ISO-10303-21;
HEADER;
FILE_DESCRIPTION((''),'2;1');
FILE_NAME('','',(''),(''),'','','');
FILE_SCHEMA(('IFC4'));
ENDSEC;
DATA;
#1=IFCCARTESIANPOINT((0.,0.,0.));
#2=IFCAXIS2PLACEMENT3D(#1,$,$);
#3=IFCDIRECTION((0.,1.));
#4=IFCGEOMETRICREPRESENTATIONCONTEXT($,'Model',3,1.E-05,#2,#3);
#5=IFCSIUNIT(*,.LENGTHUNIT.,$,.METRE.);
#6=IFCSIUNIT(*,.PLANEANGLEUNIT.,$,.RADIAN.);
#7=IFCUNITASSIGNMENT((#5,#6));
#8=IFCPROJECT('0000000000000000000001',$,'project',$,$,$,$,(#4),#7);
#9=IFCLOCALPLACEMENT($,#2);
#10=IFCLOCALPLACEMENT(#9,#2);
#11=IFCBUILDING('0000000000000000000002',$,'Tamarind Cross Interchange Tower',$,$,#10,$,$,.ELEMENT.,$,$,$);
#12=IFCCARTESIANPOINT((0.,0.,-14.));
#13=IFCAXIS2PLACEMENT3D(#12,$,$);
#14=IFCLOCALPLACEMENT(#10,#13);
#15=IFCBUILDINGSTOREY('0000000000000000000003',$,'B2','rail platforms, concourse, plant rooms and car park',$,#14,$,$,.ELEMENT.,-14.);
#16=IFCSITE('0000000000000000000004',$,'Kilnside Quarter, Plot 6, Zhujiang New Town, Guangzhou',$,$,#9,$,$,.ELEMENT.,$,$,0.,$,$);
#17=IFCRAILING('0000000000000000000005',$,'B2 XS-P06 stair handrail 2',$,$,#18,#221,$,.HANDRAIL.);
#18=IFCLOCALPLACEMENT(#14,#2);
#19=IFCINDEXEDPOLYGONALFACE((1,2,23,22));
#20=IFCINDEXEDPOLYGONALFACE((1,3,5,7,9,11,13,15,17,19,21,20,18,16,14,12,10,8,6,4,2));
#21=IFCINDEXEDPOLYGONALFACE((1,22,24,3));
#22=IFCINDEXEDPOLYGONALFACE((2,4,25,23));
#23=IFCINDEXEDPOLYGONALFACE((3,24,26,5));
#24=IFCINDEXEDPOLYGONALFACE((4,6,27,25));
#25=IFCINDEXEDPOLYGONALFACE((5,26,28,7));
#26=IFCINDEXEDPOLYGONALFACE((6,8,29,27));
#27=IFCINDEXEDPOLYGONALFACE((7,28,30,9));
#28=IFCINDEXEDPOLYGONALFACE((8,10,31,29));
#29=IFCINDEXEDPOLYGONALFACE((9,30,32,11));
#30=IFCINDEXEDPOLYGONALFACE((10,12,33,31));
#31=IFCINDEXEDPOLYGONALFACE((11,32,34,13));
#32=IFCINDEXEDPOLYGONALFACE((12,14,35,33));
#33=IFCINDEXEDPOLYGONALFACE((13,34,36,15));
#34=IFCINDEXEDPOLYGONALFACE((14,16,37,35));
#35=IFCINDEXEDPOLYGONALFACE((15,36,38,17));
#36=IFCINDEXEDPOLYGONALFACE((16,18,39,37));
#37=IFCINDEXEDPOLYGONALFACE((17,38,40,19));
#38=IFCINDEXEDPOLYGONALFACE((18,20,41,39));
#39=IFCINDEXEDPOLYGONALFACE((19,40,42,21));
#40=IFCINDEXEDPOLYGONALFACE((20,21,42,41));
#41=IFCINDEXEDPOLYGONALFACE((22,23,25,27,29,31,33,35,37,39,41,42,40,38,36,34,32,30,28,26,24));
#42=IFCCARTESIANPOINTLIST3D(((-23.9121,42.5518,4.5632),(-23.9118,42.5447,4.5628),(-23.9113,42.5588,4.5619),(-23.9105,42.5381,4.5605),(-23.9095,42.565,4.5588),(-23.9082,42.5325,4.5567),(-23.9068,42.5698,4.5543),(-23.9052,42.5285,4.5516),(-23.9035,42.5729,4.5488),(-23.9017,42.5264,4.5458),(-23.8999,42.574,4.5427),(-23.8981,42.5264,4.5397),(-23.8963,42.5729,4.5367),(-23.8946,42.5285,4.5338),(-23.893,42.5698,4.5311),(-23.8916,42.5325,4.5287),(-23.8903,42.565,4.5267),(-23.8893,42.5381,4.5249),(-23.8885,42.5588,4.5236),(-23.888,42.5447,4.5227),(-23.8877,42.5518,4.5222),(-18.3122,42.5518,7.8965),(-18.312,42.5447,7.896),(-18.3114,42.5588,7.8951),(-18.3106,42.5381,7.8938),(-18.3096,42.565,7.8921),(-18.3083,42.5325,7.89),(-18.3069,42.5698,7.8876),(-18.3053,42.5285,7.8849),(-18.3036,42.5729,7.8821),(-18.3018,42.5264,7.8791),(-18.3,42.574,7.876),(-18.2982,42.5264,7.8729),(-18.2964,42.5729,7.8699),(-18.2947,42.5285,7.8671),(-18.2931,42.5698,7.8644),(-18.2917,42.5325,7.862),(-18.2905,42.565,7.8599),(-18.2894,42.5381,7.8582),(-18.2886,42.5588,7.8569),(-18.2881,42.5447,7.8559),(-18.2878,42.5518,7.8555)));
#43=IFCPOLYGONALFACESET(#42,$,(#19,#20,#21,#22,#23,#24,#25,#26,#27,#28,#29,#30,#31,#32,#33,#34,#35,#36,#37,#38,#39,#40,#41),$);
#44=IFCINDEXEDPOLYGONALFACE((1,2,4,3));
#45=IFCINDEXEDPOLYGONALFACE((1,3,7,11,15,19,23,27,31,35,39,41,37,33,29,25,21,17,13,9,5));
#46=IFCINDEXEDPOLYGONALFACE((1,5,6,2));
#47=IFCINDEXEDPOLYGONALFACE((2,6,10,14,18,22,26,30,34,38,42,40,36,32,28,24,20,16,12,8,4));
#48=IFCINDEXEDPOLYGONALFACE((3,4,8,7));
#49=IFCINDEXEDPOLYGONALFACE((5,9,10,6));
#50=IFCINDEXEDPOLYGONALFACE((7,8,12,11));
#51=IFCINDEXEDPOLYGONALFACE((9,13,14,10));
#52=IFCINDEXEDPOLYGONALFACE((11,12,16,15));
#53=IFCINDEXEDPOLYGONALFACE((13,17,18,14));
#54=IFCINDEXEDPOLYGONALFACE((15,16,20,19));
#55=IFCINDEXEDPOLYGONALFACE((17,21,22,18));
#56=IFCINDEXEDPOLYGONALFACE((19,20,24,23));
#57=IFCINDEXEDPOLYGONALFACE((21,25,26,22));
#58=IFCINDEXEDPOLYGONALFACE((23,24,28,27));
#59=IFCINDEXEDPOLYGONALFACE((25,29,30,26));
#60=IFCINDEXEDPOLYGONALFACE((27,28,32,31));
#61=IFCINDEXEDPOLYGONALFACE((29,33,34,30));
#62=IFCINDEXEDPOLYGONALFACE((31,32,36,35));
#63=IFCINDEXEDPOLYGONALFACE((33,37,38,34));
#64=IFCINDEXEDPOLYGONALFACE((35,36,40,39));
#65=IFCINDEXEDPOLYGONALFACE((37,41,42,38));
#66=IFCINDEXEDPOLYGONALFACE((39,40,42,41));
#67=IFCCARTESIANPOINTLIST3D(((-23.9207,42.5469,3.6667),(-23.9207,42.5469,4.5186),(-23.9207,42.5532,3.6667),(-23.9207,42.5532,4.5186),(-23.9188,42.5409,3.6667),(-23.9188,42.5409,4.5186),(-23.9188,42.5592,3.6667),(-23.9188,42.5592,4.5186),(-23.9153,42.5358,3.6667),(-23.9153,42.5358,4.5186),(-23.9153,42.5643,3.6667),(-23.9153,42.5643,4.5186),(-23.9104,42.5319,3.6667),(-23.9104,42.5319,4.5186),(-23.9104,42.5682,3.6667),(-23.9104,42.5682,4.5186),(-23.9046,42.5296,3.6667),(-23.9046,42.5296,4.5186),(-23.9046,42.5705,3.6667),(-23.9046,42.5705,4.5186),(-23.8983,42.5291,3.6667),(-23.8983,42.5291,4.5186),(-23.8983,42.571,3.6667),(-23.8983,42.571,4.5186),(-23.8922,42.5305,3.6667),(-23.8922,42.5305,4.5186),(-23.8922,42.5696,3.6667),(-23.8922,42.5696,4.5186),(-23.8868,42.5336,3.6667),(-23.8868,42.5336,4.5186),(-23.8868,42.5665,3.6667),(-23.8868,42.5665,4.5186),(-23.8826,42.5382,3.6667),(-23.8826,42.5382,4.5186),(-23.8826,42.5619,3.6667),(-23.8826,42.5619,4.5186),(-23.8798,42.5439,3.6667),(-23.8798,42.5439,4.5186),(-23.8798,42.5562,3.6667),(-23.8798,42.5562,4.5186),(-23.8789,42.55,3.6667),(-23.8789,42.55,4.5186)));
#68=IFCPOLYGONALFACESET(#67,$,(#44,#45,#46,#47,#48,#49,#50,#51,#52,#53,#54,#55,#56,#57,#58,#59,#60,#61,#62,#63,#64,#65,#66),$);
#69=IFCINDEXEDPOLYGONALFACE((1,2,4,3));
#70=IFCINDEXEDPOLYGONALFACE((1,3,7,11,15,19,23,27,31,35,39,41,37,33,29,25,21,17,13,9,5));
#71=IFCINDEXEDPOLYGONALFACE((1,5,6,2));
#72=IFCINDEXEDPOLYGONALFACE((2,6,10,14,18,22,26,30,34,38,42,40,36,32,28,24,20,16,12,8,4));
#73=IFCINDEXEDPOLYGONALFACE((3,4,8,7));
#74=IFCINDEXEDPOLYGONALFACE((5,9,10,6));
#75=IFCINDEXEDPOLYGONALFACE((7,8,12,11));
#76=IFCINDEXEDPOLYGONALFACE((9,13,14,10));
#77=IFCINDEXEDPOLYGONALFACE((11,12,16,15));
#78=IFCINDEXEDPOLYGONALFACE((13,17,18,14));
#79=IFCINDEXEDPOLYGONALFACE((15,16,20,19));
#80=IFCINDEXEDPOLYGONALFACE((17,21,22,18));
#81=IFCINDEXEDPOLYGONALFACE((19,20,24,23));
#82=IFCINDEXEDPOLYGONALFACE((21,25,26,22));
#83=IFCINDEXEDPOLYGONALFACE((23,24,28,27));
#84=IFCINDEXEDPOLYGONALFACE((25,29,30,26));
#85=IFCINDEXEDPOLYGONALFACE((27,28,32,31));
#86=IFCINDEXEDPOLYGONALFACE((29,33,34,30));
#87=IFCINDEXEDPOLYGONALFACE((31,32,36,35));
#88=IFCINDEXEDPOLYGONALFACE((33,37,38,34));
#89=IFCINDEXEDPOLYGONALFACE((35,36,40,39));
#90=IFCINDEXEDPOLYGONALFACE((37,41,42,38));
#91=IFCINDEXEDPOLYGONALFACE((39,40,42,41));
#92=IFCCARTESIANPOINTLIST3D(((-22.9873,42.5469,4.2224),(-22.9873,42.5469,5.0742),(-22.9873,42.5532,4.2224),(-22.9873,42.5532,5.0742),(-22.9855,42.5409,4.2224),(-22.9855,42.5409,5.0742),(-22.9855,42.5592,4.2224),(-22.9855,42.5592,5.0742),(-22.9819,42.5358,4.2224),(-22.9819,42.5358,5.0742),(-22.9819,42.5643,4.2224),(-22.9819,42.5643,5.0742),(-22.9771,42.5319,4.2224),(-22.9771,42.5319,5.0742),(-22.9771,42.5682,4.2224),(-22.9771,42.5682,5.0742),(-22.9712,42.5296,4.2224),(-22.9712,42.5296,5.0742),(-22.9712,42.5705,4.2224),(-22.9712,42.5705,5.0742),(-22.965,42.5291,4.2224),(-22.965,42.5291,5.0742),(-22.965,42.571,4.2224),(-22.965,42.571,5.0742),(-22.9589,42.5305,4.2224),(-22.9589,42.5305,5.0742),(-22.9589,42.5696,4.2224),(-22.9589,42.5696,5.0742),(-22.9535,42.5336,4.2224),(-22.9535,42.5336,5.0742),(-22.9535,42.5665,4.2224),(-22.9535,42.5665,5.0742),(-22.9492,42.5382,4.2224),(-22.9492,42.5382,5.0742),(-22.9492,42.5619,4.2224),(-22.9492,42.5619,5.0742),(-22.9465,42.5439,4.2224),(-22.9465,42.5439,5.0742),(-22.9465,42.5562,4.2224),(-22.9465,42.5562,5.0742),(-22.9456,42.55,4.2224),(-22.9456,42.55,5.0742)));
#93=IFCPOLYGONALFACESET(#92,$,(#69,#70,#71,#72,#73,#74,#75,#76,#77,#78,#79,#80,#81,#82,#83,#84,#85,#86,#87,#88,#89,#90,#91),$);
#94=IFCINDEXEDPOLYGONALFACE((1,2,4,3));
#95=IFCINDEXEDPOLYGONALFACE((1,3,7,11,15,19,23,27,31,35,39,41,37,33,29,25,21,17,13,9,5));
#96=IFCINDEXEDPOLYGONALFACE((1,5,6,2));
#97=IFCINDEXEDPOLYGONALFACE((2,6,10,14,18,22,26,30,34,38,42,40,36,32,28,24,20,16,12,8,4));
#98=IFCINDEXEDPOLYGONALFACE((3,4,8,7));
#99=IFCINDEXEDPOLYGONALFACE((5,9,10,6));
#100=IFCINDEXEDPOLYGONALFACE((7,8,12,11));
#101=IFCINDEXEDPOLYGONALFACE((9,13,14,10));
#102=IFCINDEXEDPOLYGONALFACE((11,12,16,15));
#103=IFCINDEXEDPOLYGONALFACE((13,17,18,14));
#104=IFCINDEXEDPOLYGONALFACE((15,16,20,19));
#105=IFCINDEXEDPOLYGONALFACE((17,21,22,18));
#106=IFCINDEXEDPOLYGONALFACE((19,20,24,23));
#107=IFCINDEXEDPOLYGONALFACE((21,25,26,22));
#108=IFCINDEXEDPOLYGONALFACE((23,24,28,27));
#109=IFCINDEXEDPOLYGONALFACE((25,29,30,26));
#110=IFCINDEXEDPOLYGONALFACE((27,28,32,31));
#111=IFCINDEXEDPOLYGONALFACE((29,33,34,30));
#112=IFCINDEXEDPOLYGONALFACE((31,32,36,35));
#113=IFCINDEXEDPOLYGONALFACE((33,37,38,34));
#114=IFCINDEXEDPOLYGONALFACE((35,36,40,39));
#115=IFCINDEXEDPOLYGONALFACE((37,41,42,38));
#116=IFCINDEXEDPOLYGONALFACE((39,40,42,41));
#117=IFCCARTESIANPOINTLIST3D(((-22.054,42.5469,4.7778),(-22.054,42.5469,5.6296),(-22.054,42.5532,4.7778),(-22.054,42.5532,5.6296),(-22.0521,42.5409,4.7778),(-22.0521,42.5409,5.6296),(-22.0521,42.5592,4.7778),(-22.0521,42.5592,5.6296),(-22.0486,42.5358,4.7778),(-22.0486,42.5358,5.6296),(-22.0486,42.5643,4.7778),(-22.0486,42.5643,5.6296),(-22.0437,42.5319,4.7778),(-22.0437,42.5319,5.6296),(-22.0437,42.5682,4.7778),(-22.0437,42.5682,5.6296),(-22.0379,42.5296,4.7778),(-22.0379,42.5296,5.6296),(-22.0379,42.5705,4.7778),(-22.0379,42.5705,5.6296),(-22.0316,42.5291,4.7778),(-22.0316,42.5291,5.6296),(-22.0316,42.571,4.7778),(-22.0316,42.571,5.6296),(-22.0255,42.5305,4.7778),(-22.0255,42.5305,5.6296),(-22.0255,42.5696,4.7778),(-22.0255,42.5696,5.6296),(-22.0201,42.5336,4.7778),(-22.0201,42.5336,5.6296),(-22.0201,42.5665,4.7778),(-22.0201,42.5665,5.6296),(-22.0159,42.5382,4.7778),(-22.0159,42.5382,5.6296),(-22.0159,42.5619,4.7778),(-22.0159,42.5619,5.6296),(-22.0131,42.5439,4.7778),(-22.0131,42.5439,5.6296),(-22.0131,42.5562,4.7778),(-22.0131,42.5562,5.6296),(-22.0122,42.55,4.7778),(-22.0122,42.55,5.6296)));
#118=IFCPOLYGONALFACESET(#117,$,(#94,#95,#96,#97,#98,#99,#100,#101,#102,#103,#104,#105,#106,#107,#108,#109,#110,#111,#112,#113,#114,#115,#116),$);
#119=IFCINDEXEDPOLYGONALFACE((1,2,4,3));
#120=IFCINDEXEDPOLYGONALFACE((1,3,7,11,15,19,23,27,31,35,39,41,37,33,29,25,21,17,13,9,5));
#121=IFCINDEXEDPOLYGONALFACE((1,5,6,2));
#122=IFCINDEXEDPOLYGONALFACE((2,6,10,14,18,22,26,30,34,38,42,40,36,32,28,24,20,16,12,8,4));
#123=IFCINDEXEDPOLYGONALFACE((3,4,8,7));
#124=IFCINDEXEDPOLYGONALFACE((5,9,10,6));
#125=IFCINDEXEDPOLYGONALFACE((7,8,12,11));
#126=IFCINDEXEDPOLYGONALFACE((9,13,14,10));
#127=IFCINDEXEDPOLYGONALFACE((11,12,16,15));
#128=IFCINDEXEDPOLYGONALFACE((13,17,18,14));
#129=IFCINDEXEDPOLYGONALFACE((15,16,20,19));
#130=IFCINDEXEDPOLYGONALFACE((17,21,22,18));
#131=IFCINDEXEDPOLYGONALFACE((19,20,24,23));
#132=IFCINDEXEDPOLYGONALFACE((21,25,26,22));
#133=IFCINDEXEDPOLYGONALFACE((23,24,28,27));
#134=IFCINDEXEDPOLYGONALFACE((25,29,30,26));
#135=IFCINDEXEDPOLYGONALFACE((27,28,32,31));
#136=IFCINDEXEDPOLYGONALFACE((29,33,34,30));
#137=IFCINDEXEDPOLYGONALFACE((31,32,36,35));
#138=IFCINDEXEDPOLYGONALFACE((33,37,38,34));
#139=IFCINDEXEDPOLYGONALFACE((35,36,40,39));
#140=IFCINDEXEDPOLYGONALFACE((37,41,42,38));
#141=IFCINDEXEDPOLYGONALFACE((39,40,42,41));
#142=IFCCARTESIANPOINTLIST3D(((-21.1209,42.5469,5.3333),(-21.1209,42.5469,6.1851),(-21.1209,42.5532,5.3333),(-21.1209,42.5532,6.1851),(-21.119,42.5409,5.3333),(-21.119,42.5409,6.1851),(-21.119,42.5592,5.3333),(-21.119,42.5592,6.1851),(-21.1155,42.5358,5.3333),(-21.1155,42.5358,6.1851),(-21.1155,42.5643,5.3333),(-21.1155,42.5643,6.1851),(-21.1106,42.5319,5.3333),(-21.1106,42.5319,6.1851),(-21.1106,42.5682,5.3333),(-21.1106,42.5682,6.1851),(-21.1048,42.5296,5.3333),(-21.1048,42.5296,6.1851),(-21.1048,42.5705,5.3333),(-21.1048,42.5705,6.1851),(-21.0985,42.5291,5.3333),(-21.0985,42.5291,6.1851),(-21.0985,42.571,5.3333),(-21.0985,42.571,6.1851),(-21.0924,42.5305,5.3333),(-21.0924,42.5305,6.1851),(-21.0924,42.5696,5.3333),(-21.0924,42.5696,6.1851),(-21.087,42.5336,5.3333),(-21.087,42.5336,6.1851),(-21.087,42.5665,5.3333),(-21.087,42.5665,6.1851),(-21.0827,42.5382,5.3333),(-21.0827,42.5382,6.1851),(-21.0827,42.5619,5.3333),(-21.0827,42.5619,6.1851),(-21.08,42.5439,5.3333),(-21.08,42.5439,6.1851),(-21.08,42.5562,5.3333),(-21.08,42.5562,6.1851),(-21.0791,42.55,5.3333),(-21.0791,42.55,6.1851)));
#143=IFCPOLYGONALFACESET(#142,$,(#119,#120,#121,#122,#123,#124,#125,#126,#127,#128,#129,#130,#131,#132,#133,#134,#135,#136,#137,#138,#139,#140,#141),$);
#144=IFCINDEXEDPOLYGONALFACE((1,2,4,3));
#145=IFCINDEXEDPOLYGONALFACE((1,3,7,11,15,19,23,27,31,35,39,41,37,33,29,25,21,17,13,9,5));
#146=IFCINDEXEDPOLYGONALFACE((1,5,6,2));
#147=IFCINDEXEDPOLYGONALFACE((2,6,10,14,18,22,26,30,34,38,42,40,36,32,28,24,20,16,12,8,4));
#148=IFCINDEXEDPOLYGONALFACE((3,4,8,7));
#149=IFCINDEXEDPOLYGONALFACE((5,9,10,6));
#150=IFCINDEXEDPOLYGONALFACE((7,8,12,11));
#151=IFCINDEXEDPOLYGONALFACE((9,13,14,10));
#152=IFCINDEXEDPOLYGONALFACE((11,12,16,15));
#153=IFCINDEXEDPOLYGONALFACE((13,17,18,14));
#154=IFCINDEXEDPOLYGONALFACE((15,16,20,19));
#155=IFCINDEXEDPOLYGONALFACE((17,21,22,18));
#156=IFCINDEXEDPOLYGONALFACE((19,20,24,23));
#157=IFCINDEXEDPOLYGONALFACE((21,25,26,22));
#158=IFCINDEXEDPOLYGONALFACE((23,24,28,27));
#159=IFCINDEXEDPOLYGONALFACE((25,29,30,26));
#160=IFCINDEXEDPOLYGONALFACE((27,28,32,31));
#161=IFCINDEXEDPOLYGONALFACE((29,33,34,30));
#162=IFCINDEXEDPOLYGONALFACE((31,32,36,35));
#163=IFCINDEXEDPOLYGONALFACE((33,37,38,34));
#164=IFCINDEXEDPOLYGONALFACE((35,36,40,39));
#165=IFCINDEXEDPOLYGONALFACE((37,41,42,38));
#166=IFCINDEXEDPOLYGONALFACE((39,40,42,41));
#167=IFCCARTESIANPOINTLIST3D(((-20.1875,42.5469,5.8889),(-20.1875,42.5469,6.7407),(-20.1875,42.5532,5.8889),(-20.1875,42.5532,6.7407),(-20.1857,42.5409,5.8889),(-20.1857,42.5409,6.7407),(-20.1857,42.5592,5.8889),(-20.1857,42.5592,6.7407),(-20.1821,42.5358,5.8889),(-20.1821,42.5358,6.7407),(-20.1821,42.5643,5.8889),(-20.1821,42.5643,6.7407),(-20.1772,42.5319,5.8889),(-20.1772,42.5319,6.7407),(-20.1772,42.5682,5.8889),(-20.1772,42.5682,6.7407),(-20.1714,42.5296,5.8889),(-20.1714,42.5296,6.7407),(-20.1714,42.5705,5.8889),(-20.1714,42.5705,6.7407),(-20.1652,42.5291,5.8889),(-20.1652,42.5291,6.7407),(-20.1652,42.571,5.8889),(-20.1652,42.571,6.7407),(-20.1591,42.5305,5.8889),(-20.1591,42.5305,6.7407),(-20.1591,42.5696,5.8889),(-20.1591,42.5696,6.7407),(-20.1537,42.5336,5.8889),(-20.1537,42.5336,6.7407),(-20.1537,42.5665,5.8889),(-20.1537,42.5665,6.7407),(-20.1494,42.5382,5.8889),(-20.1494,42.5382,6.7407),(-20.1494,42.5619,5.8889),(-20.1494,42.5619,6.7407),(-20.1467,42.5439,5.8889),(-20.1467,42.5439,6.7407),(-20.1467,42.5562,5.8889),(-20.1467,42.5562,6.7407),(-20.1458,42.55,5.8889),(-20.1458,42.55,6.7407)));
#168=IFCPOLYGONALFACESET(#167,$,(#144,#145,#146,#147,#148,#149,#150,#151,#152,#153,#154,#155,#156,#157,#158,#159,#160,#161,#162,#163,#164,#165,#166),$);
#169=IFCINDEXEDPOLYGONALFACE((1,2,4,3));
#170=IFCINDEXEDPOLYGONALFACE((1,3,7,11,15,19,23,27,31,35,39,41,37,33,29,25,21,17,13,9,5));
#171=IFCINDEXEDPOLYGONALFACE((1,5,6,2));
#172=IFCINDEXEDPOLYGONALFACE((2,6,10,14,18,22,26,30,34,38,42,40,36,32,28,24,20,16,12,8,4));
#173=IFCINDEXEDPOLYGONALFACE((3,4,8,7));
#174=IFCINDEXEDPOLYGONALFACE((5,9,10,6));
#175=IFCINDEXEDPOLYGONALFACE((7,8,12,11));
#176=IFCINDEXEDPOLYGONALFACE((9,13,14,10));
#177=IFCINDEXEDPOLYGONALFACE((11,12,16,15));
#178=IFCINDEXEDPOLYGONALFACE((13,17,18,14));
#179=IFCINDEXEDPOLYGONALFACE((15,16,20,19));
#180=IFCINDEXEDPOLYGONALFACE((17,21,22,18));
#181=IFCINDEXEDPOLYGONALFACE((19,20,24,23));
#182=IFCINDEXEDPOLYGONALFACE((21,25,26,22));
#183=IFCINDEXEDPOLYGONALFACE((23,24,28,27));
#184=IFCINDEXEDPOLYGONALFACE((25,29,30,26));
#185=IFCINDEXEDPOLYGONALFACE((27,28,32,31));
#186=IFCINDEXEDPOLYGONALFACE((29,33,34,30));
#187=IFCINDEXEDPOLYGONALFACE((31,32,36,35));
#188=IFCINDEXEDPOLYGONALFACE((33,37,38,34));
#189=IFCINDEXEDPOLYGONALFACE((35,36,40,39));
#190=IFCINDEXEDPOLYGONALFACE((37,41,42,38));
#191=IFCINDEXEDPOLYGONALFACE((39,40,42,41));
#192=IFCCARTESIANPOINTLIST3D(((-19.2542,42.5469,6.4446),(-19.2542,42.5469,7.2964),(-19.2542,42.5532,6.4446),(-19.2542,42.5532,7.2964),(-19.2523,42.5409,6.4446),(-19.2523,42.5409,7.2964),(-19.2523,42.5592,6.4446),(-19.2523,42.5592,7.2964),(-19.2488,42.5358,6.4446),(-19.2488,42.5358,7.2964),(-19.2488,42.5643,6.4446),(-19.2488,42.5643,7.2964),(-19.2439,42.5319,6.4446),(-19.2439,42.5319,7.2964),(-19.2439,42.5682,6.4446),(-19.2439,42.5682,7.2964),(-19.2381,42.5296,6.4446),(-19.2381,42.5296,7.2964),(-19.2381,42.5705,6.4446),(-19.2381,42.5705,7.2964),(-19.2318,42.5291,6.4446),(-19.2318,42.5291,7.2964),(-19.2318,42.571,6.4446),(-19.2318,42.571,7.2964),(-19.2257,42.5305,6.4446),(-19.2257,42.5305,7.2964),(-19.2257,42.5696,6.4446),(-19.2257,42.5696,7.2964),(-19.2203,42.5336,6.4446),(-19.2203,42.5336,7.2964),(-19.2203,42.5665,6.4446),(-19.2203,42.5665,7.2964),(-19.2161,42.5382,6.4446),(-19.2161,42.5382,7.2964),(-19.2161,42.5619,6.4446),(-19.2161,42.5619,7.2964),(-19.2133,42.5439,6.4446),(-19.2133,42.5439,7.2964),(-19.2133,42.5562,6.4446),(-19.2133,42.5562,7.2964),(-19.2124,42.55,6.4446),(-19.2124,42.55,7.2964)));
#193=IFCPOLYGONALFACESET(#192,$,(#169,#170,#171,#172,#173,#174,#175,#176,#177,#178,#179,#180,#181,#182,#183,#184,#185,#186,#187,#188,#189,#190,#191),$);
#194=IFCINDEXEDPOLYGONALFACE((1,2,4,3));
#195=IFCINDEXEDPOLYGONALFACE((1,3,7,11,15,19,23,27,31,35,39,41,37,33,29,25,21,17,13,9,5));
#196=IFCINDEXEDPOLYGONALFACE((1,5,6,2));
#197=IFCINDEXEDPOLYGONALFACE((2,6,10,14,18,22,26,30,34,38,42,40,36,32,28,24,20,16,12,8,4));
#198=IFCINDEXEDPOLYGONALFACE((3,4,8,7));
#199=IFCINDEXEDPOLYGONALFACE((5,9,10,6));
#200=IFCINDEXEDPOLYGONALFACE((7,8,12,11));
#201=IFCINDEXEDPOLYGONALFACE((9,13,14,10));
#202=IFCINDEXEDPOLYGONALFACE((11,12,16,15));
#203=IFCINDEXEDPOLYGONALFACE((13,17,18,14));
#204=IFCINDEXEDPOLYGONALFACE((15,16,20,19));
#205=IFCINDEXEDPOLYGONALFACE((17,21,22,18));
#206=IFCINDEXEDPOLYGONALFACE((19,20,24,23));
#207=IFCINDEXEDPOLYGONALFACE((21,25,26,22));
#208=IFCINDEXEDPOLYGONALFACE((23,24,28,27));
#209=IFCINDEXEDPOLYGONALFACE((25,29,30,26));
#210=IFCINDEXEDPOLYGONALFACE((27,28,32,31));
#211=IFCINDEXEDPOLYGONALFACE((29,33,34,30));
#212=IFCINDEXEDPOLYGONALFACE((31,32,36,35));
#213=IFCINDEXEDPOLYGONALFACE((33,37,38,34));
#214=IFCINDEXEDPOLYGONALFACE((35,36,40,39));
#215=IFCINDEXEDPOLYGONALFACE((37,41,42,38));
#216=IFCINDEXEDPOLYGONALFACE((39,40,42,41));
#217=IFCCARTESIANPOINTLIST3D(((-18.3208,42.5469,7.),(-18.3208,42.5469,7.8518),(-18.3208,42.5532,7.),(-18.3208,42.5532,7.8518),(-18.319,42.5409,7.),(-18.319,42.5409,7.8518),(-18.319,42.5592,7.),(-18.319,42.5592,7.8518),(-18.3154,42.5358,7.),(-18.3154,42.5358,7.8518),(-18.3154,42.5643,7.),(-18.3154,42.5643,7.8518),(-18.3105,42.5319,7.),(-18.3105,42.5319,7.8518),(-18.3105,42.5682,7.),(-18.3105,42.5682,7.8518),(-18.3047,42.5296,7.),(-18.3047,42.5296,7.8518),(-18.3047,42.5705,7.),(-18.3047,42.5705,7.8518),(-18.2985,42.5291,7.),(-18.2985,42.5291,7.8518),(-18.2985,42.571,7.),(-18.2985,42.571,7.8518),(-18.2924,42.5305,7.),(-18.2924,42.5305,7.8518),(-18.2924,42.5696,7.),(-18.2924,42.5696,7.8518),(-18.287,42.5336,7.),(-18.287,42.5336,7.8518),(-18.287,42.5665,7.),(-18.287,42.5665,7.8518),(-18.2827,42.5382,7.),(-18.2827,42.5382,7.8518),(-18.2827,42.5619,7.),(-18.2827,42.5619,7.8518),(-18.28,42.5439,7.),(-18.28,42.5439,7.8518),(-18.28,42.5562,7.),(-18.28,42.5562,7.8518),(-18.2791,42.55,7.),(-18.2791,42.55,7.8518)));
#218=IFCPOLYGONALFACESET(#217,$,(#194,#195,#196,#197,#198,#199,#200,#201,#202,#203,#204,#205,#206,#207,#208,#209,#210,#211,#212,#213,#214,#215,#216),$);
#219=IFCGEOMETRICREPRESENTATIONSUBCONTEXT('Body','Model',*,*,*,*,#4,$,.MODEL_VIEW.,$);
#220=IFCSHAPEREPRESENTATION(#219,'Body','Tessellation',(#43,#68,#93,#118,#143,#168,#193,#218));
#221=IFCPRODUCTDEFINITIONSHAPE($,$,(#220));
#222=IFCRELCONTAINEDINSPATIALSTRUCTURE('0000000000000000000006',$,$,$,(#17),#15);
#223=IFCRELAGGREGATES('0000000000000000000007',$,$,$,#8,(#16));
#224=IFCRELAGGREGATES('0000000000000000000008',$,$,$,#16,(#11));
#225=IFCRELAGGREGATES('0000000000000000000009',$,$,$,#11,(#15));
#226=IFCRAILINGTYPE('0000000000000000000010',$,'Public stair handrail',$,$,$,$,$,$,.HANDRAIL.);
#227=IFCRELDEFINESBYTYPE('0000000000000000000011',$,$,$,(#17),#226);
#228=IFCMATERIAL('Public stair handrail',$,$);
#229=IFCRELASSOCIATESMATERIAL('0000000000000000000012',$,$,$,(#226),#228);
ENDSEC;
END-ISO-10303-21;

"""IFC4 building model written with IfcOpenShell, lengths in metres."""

from ifc_helpers import new_model, si_unit, direction, frame, origin, origin_2d, place, context, subcontext, project, spatial, circle, extrude, material, type_object, element, save


model = new_model("IFC4")

# Units and contexts
model_context = context("Model", 3, precision=1e-05, world=origin(), true_north=direction((0.0, 1.0)))
body_context = subcontext(model_context, "Body", "Model", "MODEL_VIEW")
ifc_project = project(units=[si_unit("LENGTHUNIT", "METRE"), si_unit("PLANEANGLEUNIT", "RADIAN")], contexts=[model_context])

# Site, building, storey
site_placement = place(None, origin())
site = spatial("IfcSite", under=ifc_project, at=site_placement, Name="Kilnside Quarter, Plot 6, Zhujiang New Town, Guangzhou", CompositionType="ELEMENT", RefElevation=0.0)
building_placement = place(site_placement, origin())
building = spatial("IfcBuilding", under=site, at=building_placement, Name="Tamarind Cross Interchange Tower", CompositionType="ELEMENT")
storey_placement = place(building_placement, frame((0.0, 0.0, -14.0)))
storey = spatial("IfcBuildingStorey", under=building, at=storey_placement, Name="B2", Description="rail platforms, concourse, plant rooms and car park", CompositionType="ELEMENT", Elevation=-14.0)

# Railing
ifc_material_1 = material(Name="Public stair handrail")
railing_type = type_object("IfcRailingType", Name="Public stair handrail", PredefinedType="HANDRAIL", material=ifc_material_1)
railing_1_placement = place(storey_placement, frame((-23.8999, 42.55, 3.6667)))
element("IfcRailing", 1, at=railing_1_placement, inside=storey, type_object=railing_type, Name="B2 XS-P06 stair handrail 2", PredefinedType="HANDRAIL", context=body_context, shape_type="SweptSolid", body=[
    extrude(circle(Radius=0.0239, at=origin_2d()), frame((0.0, 0.0, 0.876), z_axis=(0.859292, 0.0, 0.511485), x_axis=(0.0, 1.0, 0.0)), (0.0, 0.0, 1.0), 6.5168),
    extrude(circle(Radius=0.021, at=origin_2d()), origin(), (0.0, 0.0, 1.0), 0.8518),
    extrude(circle(Radius=0.021, at=origin_2d()), frame((0.9333, 0.0, 0.5557)), (0.0, 0.0, 1.0), 0.8518),
    extrude(circle(Radius=0.021, at=origin_2d()), frame((1.8667, 0.0, 1.1111)), (0.0, 0.0, 1.0), 0.8518),
    extrude(circle(Radius=0.021, at=origin_2d()), frame((2.7998, 0.0, 1.6665)), (0.0, 0.0, 1.0), 0.8518),
    extrude(circle(Radius=0.021, at=origin_2d()), frame((3.7332, 0.0, 2.2222)), (0.0, 0.0, 1.0), 0.8518),
    extrude(circle(Radius=0.021, at=origin_2d()), frame((4.6665, 0.0, 2.7778)), (0.0, 0.0, 1.0), 0.8518),
    extrude(circle(Radius=0.021, at=origin_2d()), frame((5.5999, 0.0, 3.3333)), (0.0, 0.0, 1.0), 0.8518),
])

save(model, "model.ifc")
